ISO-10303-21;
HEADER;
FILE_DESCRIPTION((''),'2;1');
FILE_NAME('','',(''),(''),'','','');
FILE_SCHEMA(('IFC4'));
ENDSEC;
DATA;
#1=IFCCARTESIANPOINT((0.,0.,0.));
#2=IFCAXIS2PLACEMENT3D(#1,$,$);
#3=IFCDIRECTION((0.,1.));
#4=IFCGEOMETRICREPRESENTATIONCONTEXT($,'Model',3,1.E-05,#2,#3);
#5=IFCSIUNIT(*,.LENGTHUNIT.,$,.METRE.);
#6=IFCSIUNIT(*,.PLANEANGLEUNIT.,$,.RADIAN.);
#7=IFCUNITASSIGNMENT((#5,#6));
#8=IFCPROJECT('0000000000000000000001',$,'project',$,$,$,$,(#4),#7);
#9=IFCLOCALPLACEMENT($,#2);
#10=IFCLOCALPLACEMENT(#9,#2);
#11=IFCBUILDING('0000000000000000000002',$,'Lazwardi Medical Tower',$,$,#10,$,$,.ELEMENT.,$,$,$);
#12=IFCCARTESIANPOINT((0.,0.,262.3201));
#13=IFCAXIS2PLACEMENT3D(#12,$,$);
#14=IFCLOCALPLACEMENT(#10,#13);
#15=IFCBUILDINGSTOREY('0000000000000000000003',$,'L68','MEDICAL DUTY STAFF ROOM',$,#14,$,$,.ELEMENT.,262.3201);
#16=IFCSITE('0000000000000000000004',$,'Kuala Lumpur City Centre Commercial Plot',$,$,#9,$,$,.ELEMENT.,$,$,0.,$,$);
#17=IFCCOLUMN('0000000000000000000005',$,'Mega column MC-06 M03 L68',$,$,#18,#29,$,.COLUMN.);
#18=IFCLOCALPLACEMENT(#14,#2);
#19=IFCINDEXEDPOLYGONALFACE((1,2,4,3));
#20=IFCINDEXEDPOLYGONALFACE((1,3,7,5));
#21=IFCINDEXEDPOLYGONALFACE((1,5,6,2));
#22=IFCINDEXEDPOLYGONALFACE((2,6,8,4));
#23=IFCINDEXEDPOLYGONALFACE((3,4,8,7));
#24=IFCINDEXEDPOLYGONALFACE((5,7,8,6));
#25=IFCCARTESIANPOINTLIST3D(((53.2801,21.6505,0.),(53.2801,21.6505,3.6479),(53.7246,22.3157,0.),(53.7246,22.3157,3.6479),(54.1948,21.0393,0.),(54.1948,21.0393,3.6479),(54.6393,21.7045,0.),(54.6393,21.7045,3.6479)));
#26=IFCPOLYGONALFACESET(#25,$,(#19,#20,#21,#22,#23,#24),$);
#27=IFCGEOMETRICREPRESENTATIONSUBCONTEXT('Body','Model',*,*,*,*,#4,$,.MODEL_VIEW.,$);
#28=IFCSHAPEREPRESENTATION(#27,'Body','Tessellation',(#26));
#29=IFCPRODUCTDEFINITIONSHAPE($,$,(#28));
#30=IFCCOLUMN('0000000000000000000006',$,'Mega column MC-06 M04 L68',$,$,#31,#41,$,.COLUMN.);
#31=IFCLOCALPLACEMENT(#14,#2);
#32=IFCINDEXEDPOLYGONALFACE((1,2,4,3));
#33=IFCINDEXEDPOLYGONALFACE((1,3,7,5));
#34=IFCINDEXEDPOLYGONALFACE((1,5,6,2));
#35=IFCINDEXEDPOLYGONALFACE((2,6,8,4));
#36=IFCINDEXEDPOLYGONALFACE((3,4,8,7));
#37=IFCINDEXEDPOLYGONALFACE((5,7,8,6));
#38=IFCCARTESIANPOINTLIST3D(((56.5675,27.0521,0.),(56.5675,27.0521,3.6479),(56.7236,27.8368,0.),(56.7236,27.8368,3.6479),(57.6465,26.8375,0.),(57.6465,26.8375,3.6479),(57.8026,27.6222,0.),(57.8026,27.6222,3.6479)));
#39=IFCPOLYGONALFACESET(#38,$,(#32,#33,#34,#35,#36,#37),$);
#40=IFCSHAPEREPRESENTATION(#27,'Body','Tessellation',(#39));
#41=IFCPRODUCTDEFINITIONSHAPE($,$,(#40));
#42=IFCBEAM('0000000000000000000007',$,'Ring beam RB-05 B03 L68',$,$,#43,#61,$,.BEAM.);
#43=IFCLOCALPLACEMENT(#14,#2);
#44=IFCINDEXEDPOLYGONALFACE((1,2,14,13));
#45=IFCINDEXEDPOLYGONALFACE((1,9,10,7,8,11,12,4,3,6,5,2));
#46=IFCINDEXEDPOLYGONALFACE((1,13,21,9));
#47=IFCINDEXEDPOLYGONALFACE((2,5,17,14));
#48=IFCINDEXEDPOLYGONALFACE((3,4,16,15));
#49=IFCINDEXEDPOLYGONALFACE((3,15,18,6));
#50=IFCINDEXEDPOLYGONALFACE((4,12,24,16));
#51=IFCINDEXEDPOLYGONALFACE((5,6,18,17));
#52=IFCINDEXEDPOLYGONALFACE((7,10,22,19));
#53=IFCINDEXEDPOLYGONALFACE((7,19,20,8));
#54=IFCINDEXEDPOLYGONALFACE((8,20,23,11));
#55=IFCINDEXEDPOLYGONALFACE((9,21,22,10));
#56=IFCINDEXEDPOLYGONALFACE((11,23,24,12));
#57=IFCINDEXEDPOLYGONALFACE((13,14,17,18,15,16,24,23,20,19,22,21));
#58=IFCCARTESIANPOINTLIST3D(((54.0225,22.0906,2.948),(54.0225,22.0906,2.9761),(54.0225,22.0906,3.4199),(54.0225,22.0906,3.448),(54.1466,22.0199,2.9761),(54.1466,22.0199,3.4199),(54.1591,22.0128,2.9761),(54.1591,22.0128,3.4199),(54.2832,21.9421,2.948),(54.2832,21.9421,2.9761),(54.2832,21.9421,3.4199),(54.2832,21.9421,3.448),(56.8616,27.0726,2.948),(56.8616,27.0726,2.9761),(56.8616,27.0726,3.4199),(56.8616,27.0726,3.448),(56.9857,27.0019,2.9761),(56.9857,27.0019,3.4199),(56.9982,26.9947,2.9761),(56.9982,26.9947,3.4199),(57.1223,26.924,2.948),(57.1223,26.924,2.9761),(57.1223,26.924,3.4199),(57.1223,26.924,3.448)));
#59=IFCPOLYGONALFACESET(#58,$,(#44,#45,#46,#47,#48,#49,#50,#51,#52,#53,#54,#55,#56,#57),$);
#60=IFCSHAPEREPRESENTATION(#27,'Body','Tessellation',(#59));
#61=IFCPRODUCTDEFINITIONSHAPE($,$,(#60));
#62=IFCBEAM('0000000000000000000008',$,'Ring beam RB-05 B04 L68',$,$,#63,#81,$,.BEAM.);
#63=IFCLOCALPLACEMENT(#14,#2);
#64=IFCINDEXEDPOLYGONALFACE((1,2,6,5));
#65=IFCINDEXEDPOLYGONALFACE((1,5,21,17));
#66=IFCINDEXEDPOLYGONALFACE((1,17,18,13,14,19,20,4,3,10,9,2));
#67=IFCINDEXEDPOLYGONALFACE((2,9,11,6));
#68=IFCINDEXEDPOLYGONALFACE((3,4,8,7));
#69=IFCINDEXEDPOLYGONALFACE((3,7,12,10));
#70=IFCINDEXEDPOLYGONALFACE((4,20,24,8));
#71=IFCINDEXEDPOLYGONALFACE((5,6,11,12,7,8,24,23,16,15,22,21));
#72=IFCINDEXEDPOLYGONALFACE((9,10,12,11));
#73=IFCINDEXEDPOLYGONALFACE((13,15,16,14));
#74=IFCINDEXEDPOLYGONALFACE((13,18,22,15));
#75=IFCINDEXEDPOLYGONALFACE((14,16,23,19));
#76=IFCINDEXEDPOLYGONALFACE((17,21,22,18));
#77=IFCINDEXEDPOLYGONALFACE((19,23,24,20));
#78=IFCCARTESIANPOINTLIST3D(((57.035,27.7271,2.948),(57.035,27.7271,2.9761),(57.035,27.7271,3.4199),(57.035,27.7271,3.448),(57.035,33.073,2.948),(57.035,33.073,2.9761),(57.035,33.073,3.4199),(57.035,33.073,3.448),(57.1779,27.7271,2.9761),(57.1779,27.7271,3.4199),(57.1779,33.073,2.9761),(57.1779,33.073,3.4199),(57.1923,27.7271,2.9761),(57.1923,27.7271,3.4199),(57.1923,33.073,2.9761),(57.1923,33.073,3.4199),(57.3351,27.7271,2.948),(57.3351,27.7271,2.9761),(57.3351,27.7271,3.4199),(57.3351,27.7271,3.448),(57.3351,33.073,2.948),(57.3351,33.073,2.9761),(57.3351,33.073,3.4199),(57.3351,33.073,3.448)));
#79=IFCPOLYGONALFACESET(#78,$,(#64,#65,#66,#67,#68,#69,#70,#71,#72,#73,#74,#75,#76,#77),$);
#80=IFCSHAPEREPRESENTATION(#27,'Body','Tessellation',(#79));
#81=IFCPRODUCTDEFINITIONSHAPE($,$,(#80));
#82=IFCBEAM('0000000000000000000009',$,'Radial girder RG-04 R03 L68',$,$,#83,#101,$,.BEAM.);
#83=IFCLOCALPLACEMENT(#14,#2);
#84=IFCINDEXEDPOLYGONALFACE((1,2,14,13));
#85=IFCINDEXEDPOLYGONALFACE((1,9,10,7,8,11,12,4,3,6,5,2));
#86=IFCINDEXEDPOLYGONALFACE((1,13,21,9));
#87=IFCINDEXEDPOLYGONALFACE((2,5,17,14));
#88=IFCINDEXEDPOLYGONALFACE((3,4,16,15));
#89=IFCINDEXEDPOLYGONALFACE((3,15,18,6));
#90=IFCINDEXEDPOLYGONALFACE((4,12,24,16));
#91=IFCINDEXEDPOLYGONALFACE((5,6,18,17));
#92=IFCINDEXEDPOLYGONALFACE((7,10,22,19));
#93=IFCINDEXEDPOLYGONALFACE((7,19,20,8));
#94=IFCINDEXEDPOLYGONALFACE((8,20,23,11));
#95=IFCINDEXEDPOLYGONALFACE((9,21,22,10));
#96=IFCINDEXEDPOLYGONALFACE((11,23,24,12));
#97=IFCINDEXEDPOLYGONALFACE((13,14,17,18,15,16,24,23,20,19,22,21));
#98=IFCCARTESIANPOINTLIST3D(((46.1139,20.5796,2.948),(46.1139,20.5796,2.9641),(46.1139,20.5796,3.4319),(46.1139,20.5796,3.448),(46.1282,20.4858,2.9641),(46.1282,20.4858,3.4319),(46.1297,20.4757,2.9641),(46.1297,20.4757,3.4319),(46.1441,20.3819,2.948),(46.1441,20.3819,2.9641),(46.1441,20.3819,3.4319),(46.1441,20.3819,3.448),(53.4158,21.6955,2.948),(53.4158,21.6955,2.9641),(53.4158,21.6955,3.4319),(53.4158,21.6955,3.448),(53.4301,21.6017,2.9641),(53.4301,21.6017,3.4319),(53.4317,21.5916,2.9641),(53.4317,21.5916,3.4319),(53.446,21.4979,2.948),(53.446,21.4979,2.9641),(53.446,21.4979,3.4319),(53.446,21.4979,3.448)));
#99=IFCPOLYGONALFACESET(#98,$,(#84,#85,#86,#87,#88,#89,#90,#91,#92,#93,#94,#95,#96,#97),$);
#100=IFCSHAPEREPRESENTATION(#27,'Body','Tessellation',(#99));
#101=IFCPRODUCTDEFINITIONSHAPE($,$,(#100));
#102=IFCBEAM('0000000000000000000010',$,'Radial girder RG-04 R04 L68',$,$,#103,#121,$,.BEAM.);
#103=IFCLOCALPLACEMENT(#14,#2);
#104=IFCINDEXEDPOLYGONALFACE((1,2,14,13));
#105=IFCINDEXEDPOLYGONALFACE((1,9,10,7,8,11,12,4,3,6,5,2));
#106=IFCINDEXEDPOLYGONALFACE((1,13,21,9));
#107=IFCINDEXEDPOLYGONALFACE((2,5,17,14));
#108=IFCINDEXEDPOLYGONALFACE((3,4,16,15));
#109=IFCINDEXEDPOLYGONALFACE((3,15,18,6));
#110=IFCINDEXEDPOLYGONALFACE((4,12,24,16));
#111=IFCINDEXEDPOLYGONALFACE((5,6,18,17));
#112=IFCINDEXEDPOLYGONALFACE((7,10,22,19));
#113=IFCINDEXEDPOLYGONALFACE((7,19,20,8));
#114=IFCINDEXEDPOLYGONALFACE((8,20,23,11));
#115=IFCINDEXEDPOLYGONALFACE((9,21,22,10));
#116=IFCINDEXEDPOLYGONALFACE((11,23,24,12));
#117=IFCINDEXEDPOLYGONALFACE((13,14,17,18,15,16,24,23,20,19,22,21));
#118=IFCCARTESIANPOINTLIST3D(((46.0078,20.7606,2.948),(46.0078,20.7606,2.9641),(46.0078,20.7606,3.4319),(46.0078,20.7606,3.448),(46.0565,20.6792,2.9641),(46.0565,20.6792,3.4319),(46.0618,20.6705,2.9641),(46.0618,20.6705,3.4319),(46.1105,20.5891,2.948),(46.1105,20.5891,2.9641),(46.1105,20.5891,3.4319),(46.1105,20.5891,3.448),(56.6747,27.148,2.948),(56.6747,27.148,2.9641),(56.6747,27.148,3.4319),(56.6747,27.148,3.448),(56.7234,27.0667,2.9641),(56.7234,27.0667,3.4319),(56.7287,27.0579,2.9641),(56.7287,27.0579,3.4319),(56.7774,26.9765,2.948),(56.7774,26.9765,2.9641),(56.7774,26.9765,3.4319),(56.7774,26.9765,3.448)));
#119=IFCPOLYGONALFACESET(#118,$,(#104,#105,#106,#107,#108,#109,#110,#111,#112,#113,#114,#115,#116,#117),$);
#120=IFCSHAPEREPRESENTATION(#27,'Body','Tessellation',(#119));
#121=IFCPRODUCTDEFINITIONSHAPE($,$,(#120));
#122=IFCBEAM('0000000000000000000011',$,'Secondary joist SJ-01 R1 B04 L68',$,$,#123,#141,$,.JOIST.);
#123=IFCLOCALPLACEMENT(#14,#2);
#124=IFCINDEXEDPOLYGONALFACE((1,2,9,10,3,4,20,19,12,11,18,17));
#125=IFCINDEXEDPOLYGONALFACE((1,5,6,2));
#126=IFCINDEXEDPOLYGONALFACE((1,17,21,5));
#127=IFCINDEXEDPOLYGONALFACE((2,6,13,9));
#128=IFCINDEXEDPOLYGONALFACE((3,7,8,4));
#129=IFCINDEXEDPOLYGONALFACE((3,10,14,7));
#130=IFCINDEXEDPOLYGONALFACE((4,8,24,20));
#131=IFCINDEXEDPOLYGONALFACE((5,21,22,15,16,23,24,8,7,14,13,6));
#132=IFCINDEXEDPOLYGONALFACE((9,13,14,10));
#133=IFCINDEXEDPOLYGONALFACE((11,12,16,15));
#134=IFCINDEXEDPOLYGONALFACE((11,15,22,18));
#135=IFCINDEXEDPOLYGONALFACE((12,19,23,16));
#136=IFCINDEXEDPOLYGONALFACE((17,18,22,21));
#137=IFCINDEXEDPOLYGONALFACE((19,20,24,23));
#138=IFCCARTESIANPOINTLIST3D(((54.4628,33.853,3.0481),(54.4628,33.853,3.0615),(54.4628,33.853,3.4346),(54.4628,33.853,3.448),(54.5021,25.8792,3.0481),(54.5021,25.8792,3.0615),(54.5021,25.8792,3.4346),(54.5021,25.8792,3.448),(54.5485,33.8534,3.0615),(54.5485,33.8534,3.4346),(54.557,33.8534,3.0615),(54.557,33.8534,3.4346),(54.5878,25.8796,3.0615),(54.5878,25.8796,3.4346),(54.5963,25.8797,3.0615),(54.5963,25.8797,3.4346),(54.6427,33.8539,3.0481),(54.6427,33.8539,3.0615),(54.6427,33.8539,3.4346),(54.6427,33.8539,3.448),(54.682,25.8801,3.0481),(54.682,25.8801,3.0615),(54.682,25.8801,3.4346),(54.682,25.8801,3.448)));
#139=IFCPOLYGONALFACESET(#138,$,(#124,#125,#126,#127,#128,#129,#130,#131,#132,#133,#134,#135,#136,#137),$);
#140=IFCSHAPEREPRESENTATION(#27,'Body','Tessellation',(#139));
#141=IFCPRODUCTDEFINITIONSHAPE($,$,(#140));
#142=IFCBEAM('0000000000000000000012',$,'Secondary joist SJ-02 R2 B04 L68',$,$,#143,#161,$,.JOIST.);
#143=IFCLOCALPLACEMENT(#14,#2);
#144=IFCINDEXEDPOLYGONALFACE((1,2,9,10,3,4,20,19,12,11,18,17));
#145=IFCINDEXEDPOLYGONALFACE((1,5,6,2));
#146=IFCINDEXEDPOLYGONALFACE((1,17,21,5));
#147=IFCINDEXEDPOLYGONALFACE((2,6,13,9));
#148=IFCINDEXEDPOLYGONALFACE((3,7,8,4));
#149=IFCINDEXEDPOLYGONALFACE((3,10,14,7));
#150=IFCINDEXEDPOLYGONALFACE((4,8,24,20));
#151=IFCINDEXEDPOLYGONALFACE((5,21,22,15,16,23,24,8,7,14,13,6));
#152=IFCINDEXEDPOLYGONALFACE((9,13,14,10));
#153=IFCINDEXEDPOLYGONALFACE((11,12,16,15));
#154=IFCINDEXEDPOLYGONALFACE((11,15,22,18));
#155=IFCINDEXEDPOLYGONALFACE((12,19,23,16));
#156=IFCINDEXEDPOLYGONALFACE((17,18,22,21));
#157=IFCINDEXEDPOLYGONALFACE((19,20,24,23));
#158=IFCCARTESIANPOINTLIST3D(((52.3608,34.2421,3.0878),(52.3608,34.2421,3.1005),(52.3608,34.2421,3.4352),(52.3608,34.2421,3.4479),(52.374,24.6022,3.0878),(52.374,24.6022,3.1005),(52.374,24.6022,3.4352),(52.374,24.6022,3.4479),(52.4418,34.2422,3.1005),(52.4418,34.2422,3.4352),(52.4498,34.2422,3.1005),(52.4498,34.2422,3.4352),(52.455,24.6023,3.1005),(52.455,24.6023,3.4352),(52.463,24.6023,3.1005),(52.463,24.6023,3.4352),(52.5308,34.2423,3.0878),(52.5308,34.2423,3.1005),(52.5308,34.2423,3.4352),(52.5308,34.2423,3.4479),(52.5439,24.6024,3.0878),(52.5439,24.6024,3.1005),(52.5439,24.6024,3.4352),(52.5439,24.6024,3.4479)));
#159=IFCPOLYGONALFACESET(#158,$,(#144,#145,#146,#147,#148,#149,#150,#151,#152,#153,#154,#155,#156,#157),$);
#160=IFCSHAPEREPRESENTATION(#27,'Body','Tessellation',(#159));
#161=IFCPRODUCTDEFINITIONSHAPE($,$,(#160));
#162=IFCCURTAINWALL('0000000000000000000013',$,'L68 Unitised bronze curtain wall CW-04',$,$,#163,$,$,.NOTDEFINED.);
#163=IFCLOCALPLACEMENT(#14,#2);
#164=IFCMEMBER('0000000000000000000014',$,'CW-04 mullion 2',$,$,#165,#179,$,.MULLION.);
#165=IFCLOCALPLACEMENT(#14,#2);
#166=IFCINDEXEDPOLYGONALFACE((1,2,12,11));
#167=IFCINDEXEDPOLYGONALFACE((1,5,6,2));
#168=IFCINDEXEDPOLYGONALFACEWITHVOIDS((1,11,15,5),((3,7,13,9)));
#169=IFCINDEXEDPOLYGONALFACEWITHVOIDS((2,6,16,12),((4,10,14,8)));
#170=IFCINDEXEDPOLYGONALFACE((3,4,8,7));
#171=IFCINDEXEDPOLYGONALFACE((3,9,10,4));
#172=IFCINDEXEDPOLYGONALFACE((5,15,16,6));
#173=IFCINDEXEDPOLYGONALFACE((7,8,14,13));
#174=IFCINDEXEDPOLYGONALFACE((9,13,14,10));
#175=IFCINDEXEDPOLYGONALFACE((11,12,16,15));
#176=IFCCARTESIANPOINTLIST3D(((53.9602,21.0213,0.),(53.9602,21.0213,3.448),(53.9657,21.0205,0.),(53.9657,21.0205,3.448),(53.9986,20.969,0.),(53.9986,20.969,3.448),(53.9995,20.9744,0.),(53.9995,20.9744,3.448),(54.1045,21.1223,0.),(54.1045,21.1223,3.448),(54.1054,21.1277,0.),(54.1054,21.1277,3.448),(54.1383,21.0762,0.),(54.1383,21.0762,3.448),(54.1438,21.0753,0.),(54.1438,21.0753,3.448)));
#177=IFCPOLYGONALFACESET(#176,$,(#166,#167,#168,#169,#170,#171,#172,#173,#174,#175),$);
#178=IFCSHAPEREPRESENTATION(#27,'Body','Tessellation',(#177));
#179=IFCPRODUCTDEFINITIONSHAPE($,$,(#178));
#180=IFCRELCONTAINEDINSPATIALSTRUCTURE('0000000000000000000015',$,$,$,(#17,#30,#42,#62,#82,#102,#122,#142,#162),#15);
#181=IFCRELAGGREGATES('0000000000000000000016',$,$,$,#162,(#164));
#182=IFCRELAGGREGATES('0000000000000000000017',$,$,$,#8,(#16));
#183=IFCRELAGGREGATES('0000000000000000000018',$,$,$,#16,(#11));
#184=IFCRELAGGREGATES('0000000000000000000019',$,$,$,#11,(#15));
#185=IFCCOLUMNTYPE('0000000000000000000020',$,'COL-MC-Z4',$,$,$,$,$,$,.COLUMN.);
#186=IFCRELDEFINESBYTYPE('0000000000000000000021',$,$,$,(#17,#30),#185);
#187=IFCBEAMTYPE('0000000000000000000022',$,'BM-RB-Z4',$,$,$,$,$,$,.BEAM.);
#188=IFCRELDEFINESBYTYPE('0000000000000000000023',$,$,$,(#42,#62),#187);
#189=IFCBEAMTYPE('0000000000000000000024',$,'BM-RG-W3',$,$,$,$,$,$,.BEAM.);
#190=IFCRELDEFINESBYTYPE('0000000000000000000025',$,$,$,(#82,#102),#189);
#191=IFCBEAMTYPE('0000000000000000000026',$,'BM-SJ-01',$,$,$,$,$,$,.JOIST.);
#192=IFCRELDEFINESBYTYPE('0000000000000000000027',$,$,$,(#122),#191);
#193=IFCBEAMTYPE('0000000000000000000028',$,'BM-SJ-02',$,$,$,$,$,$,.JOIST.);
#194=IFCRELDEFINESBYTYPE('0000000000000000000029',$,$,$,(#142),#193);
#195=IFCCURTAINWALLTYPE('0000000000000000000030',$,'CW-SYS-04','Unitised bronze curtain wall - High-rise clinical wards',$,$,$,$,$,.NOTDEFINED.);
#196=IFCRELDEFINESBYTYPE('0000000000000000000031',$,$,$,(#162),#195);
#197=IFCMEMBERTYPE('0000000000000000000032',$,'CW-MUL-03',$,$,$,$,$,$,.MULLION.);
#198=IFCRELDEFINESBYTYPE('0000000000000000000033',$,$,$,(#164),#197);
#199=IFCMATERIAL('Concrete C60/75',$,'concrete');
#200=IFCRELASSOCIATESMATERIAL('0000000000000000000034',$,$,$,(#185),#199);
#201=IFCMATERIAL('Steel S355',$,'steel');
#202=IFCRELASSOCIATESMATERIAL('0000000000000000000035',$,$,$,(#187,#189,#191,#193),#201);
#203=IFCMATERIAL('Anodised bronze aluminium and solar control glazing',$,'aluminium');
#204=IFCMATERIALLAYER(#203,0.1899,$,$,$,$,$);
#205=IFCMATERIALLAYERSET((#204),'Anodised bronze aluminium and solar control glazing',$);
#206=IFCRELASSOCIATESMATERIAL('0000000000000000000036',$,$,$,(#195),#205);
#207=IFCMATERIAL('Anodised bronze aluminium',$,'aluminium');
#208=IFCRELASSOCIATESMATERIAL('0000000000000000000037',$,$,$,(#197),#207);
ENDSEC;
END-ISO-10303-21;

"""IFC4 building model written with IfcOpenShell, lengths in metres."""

from ifc_helpers import new_model, si_unit, direction, frame, origin, origin_2d, place, context, subcontext, project, spatial, rectangle, hollow_rectangle, i_section, extrude, material, layer, layer_set, material_profile, profile_set, type_object, element, aggregate, save


model = new_model("IFC4")

# Units and contexts
model_context = context("Model", 3, precision=1e-05, world=origin(), true_north=direction((0.0, 1.0)))
body_context = subcontext(model_context, "Body", "Model", "MODEL_VIEW")
ifc_project = project(units=[si_unit("LENGTHUNIT", "METRE"), si_unit("PLANEANGLEUNIT", "RADIAN")], contexts=[model_context])

# Site, building, storey
site_placement = place(None, origin())
site = spatial("IfcSite", under=ifc_project, at=site_placement, Name="Kuala Lumpur City Centre Commercial Plot", CompositionType="ELEMENT", RefElevation=0.0)
building_placement = place(site_placement, origin())
building = spatial("IfcBuilding", under=site, at=building_placement, Name="Lazwardi Medical Tower", CompositionType="ELEMENT")
storey_placement = place(building_placement, frame((0.0, 0.0, 262.3201)))
storey = spatial("IfcBuildingStorey", under=building, at=storey_placement, Name="L68", Description="MEDICAL DUTY STAFF ROOM", CompositionType="ELEMENT", Elevation=262.3201)

# Columns
ifc_material_1 = material(Name="Concrete C60/75", Category="concrete")
ifc_material_profile_1 = material_profile(ifc_material_1, rectangle(XDim=1.1001, YDim=0.8, at=origin_2d()), Name="CFT-RECT 1100x800")
ifc_profile_set_1 = profile_set([ifc_material_profile_1], Name="Concrete C60/75")
column_type = type_object("IfcColumnType", Name="COL-MC-Z4", PredefinedType="COLUMN", material=ifc_profile_set_1)
for number, where, z_axis, x_axis, name in (
    (1, (53.9597, 21.6775, 0.0), (0.0, 0.0, 1.0), (0.83147, -0.55557, 0.0), "Mega column MC-06 M03 L68"),
    (2, (57.1851, 27.3372, 0.0), (0.0, 0.0, 1.0), (0.980785, -0.19509, 0.0), "Mega column MC-06 M04 L68"),
):
    element("IfcColumn", number, at=place(storey_placement, frame(where, z_axis=z_axis, x_axis=x_axis)), inside=storey, type_object=column_type, Name=name, PredefinedType="COLUMN", context=body_context, shape_type="SweptSolid", body=[
        extrude(rectangle(XDim=1.1001, YDim=0.8, at=origin_2d()), origin(), (0.0, 0.0, 1.0), 3.6479),
    ])

# Beams
ifc_material_2 = material(Name="Steel S355", Category="steel")
ifc_material_profile_2 = material_profile(ifc_material_2, i_section(OverallWidth=0.3, OverallDepth=0.5, WebThickness=0.0144, FlangeThickness=0.0281, at=origin_2d()), Name="HEB 500")
ifc_profile_set_2 = profile_set([ifc_material_profile_2], Name="Steel S355")
beam_type_1 = type_object("IfcBeamType", Name="BM-RB-Z4", PredefinedType="BEAM", material=ifc_profile_set_2)
beam_1_placement = place(storey_placement, frame((54.1528, 22.0164, 3.198), z_axis=(0.495125, 0.868822, 0.0), x_axis=(-0.868822, 0.495125, 0.0)))
element("IfcBeam", 3, at=beam_1_placement, inside=storey, type_object=beam_type_1, Name="Ring beam RB-05 B03 L68", PredefinedType="BEAM", context=body_context, shape_type="SweptSolid", body=[
    extrude(i_section(OverallWidth=0.3, OverallDepth=0.5, WebThickness=0.0144, FlangeThickness=0.0281, at=origin_2d()), origin(), (0.0, 0.0, 1.0), 5.7341),
])
beam_2_placement = place(storey_placement, frame((57.1851, 27.7271, 3.198), z_axis=(0.0, 1.0, 0.0), x_axis=(-1.0, 0.0, 0.0)))
element("IfcBeam", 4, at=beam_2_placement, inside=storey, type_object=beam_type_1, Name="Ring beam RB-05 B04 L68", PredefinedType="BEAM", context=body_context, shape_type="SweptSolid", body=[
    extrude(i_section(OverallWidth=0.3, OverallDepth=0.5, WebThickness=0.0144, FlangeThickness=0.0281, at=origin_2d()), origin(), (0.0, 0.0, 1.0), 5.3459),
])
ifc_material_profile_3 = material_profile(ifc_material_2, i_section(OverallWidth=0.2, OverallDepth=0.5, WebThickness=0.0103, FlangeThickness=0.0161, at=origin_2d()), Name="IPE 500")
ifc_profile_set_3 = profile_set([ifc_material_profile_3], Name="Steel S355")
beam_type_2 = type_object("IfcBeamType", Name="BM-RG-W3", PredefinedType="BEAM", material=ifc_profile_set_3)
beam_3_placement = place(storey_placement, frame((53.4309, 21.5967, 3.198), z_axis=(-0.988522, -0.151076, 0.0), x_axis=(0.151076, -0.988522, 0.0)))
element("IfcBeam", 5, at=beam_3_placement, inside=storey, type_object=beam_type_2, Name="Radial girder RG-04 R03 L68", PredefinedType="BEAM", context=body_context, shape_type="SweptSolid", body=[
    extrude(i_section(OverallWidth=0.2, OverallDepth=0.5, WebThickness=0.0103, FlangeThickness=0.0161, at=origin_2d()), origin(), (0.0, 0.0, 1.0), 7.3867),
])
beam_4_placement = place(storey_placement, frame((56.7261, 27.0623, 3.198), z_axis=(-0.857945, -0.513742, 0.0), x_axis=(0.513742, -0.857945, 0.0)))
element("IfcBeam", 6, at=beam_4_placement, inside=storey, type_object=beam_type_2, Name="Radial girder RG-04 R04 L68", PredefinedType="BEAM", context=body_context, shape_type="SweptSolid", body=[
    extrude(i_section(OverallWidth=0.2, OverallDepth=0.5, WebThickness=0.0103, FlangeThickness=0.0161, at=origin_2d()), origin(), (0.0, 0.0, 1.0), 12.4331),
])
ifc_material_profile_4 = material_profile(ifc_material_2, i_section(OverallWidth=0.1799, OverallDepth=0.3999, WebThickness=0.0085, FlangeThickness=0.0134, at=origin_2d()), Name="IPE 400")
ifc_profile_set_4 = profile_set([ifc_material_profile_4], Name="Steel S355")
beam_type_3 = type_object("IfcBeamType", Name="BM-SJ-01", PredefinedType="JOIST", material=ifc_profile_set_4)
beam_5_placement = place(storey_placement, frame((54.592, 25.8796, 3.248), z_axis=(-0.004929, 0.999988, 0.0), x_axis=(-0.999988, -0.004929, 0.0)))
element("IfcBeam", 7, at=beam_5_placement, inside=storey, type_object=beam_type_3, Name="Secondary joist SJ-01 R1 B04 L68", PredefinedType="JOIST", context=body_context, shape_type="SweptSolid", body=[
    extrude(i_section(OverallWidth=0.1799, OverallDepth=0.3999, WebThickness=0.0085, FlangeThickness=0.0134, at=origin_2d()), origin(), (0.0, 0.0, 1.0), 7.9739),
])
ifc_material_profile_5 = material_profile(ifc_material_2, i_section(OverallWidth=0.1699, OverallDepth=0.3601, WebThickness=0.0081, FlangeThickness=0.0127, at=origin_2d()), Name="IPE 360")
ifc_profile_set_5 = profile_set([ifc_material_profile_5], Name="Steel S355")
beam_type_4 = type_object("IfcBeamType", Name="BM-SJ-02", PredefinedType="JOIST", material=ifc_profile_set_5)
beam_6_placement = place(storey_placement, frame((52.459, 24.6023, 3.2678), z_axis=(-0.001368, 0.999999, 0.0), x_axis=(-0.999999, -0.001368, 0.0)))
element("IfcBeam", 8, at=beam_6_placement, inside=storey, type_object=beam_type_4, Name="Secondary joist SJ-02 R2 B04 L68", PredefinedType="JOIST", context=body_context, shape_type="SweptSolid", body=[
    extrude(i_section(OverallWidth=0.1699, OverallDepth=0.3601, WebThickness=0.0081, FlangeThickness=0.0127, at=origin_2d()), origin(), (0.0, 0.0, 1.0), 9.6399),
])

# Curtain wall, member
ifc_material_3 = material(Name="Anodised bronze aluminium and solar control glazing", Category="aluminium")
ifc_layer_1 = layer(ifc_material_3, 0.1899)
ifc_layer_set_1 = layer_set([ifc_layer_1], Name="Anodised bronze aluminium and solar control glazing")
curtain_wall_type = type_object("IfcCurtainWallType", Name="CW-SYS-04", Description="Unitised bronze curtain wall - High-rise clinical wards", PredefinedType="NOTDEFINED", material=ifc_layer_set_1)
curtain_wall_1_placement = place(storey_placement, origin())
curtain_wall_1 = element("IfcCurtainWall", 9, at=curtain_wall_1_placement, inside=storey, type_object=curtain_wall_type, Name="L68 Unitised bronze curtain wall CW-04", PredefinedType="NOTDEFINED")
ifc_material_4 = material(Name="Anodised bronze aluminium", Category="aluminium")
ifc_material_profile_6 = material_profile(ifc_material_4, hollow_rectangle(XDim=0.0649, YDim=0.1799, WallThickness=0.0039, at=origin_2d()), Name="ALU-MULLION 180x65x4")
ifc_profile_set_6 = profile_set([ifc_material_profile_6], Name="Anodised bronze aluminium")
member_type_1 = type_object("IfcMemberType", Name="CW-MUL-03", PredefinedType="MULLION", material=ifc_profile_set_6)
member_1_placement = place(storey_placement, frame((54.052, 21.0483, 0.0), z_axis=(0.0, 0.0, 1.0), x_axis=(-0.591268, 0.806475, 0.0)))
member_1 = element("IfcMember", 10, at=member_1_placement, type_object=member_type_1, Name="CW-04 mullion 2", PredefinedType="MULLION", context=body_context, shape_type="SweptSolid", body=[
    extrude(hollow_rectangle(XDim=0.0649, YDim=0.1799, WallThickness=0.0039, at=origin_2d()), origin(), (0.0, 0.0, 1.0), 3.448),
])
aggregate(curtain_wall_1, [member_1])

save(model, "model.ifc")
